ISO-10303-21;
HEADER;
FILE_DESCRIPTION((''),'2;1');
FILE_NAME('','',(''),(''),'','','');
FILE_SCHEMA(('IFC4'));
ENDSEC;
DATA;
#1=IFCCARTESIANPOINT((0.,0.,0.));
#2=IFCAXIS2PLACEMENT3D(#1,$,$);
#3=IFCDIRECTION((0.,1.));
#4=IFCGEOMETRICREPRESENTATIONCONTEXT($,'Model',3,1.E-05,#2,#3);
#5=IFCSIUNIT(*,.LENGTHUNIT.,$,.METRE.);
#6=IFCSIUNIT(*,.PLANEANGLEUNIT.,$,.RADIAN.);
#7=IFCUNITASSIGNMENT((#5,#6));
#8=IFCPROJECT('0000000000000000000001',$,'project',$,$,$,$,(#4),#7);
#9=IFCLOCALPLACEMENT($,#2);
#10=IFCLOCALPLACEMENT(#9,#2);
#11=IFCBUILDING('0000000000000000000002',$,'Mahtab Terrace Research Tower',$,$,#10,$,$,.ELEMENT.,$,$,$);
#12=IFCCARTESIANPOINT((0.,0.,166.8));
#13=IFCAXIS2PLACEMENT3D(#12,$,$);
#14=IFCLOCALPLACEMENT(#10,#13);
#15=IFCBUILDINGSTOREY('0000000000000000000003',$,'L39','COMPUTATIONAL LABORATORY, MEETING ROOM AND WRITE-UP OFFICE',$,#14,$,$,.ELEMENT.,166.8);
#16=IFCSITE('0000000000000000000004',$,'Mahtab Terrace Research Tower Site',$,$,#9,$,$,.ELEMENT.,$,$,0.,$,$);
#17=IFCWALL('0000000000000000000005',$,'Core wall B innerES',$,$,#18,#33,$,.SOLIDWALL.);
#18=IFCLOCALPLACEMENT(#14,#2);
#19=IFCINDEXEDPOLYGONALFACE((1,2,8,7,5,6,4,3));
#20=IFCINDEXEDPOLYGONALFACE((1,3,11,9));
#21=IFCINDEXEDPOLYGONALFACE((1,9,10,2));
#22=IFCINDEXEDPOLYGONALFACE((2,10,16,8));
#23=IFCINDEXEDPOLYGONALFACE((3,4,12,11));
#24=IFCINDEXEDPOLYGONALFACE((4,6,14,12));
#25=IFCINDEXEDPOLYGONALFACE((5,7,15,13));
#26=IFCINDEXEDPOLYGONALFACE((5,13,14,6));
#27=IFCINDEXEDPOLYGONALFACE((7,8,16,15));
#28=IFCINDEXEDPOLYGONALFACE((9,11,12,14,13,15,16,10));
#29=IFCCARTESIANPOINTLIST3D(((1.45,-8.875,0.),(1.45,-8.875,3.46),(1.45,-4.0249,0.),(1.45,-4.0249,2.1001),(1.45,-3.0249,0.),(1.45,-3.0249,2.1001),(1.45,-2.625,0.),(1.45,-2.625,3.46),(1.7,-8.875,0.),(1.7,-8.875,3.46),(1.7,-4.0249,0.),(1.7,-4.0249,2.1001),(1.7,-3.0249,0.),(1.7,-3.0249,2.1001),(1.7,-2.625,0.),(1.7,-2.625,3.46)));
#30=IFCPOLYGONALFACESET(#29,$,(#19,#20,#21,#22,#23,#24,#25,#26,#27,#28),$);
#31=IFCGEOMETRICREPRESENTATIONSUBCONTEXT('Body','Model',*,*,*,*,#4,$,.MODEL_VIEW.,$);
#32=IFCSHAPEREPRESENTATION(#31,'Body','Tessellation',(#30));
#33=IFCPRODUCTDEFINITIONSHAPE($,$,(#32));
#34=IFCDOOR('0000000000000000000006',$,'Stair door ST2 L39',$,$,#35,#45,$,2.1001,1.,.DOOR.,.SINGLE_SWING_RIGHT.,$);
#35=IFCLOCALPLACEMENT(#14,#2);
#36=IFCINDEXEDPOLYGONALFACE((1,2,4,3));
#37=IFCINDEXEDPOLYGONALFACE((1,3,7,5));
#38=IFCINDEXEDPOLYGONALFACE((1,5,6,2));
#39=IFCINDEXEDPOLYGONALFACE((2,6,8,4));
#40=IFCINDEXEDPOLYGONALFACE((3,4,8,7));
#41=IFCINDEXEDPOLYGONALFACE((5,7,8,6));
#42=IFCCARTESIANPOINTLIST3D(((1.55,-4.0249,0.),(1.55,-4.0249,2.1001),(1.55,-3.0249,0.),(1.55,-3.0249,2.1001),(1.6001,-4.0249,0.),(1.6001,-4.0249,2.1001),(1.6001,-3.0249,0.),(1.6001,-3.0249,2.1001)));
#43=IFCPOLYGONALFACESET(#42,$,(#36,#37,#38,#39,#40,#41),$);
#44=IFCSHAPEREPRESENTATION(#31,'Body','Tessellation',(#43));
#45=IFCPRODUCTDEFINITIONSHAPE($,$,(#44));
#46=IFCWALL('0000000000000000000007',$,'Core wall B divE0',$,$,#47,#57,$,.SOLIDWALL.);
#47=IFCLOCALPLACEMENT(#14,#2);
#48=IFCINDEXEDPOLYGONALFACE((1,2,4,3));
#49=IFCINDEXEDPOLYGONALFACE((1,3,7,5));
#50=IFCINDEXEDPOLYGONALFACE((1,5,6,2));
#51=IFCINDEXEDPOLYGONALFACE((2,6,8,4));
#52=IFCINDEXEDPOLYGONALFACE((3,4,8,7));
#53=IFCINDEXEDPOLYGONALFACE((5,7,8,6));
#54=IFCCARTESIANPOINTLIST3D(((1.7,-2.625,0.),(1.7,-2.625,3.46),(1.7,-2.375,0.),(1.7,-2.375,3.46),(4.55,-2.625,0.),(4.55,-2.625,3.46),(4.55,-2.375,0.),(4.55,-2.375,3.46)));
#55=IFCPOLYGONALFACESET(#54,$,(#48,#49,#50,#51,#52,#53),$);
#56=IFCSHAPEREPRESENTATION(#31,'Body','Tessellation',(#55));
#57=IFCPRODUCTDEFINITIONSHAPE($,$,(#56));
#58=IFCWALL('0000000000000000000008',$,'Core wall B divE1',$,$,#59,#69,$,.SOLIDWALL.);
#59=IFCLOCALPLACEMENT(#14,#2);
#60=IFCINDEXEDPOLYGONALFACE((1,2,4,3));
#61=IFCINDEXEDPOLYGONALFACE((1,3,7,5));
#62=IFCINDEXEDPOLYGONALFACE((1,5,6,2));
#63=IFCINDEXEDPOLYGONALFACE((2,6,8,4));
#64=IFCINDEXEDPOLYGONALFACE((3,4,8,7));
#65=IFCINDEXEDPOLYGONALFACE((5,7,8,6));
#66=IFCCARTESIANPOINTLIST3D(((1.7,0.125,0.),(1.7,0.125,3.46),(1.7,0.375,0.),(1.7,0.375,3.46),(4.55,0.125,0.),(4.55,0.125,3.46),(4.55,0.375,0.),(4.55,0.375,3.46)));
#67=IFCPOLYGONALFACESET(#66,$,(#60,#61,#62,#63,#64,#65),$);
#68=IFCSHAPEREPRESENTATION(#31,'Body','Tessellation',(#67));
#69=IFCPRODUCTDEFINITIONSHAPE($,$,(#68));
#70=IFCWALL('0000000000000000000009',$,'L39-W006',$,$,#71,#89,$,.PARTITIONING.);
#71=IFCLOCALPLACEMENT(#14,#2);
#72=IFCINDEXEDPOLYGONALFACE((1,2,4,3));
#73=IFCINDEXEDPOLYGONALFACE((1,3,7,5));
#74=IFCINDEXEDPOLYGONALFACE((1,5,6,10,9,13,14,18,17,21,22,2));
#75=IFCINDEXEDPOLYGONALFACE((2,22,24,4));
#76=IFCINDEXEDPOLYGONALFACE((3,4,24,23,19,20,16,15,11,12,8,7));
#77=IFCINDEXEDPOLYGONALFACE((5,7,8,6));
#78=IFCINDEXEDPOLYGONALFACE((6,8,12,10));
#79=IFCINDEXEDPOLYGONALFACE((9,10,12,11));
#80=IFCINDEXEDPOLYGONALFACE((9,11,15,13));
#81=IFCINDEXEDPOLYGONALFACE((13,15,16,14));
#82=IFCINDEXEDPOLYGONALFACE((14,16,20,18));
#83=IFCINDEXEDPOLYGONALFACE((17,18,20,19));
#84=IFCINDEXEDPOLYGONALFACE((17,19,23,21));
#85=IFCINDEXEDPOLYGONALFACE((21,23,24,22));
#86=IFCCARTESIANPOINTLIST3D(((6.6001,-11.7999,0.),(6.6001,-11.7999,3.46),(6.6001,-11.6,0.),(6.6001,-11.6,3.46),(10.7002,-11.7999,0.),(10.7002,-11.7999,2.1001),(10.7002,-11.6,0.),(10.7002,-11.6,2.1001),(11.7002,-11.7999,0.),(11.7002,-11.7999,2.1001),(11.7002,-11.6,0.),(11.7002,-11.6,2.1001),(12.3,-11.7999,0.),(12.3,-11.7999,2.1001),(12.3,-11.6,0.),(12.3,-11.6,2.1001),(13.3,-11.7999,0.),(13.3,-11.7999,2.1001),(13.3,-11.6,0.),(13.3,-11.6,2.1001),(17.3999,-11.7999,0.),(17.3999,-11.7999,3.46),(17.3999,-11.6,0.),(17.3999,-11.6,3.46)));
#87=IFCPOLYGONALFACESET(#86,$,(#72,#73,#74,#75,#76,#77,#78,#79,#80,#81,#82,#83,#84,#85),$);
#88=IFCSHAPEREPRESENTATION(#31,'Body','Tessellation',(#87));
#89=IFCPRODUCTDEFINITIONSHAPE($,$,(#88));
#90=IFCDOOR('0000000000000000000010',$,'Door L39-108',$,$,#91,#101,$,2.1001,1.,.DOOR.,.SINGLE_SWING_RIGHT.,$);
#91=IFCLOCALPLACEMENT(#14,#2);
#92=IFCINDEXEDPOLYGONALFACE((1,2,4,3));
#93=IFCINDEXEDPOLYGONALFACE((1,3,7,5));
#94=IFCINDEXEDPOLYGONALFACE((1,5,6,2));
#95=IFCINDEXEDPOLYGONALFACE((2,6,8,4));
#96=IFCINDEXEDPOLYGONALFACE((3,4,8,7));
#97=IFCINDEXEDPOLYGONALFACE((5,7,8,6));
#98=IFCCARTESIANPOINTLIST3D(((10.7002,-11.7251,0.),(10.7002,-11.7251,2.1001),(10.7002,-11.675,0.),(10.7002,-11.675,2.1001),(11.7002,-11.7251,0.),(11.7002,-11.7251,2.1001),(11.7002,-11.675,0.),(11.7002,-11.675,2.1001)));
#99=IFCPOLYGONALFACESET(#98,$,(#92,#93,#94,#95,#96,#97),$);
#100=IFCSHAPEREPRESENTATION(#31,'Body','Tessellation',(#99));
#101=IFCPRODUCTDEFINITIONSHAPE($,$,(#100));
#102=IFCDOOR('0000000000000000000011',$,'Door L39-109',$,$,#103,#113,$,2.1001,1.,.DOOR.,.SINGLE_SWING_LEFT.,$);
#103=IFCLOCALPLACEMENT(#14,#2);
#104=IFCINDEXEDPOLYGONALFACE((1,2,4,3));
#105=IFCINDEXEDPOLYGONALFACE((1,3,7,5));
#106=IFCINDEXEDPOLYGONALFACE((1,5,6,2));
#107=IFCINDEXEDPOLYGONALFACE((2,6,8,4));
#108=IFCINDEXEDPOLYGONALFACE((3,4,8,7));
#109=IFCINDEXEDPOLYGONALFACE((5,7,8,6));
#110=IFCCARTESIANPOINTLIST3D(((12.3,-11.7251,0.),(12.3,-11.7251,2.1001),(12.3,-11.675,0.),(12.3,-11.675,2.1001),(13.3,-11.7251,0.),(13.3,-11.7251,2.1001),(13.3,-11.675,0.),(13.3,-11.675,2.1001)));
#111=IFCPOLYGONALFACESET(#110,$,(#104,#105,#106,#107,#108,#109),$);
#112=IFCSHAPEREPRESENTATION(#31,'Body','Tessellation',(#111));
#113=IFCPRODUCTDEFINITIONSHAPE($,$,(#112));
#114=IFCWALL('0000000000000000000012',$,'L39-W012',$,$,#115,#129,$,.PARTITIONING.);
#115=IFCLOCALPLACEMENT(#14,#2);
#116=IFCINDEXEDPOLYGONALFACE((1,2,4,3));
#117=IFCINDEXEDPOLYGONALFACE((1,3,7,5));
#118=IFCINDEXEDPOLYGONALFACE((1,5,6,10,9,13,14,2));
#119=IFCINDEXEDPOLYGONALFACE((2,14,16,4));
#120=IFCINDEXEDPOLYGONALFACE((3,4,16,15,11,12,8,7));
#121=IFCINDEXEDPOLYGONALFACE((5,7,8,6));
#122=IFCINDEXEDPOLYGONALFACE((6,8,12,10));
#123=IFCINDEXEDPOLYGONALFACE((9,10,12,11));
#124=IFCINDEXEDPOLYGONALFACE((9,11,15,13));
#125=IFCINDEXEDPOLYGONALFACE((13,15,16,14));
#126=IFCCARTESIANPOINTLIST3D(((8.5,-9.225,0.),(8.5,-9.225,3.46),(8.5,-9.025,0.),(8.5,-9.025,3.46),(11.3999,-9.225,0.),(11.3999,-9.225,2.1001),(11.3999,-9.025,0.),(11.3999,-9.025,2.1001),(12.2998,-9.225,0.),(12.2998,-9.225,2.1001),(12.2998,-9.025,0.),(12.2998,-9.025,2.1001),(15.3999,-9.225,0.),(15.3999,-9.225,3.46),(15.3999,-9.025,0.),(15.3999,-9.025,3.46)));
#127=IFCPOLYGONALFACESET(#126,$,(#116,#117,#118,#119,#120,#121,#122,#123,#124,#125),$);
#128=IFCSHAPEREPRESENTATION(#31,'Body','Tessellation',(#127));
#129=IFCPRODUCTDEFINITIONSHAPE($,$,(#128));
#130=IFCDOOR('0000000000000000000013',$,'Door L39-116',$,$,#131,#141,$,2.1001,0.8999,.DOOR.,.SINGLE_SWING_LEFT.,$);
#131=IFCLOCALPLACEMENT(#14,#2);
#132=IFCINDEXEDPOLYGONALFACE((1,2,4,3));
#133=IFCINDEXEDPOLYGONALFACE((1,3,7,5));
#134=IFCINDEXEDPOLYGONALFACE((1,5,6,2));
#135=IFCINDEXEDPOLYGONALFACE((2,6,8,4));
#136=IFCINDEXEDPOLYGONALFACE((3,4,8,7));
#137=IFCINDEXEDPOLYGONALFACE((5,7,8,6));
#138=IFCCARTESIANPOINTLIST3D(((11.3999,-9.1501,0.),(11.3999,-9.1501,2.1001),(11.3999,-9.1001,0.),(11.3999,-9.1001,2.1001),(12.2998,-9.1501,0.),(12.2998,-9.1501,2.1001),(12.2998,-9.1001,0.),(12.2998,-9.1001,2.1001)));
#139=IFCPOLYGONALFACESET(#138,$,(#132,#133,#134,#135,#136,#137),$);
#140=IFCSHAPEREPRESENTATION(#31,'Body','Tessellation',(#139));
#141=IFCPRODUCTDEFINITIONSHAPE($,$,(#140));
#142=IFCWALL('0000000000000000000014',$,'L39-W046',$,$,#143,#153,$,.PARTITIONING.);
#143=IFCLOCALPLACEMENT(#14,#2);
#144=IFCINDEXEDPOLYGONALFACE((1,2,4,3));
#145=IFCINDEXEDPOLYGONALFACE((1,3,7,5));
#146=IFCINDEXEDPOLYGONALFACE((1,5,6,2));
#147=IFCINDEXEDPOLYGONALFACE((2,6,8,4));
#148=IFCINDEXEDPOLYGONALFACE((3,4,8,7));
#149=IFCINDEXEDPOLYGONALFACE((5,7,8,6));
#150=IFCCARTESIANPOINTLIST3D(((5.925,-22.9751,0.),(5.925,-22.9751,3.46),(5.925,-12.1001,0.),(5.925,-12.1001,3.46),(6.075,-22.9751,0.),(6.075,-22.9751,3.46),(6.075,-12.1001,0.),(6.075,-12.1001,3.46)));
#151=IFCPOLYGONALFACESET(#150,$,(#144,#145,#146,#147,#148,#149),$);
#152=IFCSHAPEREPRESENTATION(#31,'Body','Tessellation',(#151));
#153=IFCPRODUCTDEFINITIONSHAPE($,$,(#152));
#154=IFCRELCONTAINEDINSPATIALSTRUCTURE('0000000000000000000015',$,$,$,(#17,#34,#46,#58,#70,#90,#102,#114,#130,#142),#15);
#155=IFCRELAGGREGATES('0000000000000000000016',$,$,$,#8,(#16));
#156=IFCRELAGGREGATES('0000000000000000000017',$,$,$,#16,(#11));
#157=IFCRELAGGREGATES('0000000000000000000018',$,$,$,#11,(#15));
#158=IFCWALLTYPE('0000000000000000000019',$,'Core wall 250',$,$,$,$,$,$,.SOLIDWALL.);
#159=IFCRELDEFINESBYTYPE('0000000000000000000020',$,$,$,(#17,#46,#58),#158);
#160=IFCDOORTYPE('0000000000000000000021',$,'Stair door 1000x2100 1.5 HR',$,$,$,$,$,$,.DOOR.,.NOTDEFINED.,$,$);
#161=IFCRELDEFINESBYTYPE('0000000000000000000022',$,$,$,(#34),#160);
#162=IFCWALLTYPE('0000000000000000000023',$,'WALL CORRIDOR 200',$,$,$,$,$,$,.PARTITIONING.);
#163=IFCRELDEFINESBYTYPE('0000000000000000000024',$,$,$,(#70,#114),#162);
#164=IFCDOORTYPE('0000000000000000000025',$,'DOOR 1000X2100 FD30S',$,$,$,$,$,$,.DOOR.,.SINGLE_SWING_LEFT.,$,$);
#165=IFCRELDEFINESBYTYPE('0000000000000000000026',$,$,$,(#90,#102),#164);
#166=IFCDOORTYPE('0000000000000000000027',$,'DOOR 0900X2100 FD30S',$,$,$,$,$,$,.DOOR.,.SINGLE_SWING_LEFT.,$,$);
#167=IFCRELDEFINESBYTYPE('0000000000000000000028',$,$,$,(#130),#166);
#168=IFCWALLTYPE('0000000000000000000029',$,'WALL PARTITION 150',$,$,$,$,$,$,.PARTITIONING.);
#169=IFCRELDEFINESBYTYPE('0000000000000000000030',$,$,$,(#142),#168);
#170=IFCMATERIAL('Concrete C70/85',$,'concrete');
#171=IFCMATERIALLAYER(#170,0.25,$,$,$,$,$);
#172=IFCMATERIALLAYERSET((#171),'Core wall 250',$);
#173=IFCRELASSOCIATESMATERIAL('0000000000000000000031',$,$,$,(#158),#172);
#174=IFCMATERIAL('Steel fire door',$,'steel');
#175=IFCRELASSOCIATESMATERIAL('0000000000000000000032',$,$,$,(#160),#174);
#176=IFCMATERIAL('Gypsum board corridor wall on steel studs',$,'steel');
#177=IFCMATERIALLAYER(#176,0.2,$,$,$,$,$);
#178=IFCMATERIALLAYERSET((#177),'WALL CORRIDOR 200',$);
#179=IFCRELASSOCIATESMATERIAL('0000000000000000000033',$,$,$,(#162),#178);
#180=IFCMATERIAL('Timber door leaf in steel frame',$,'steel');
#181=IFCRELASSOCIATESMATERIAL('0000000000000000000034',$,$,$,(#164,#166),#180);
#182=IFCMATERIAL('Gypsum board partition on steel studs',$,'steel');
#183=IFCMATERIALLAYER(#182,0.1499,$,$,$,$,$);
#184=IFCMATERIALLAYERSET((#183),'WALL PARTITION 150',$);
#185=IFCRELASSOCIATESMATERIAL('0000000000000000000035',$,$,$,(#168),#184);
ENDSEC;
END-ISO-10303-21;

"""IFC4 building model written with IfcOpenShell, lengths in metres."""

from ifc_helpers import new_model, si_unit, direction, frame, frame_2d, origin, place, context, subcontext, project, spatial, rectangle, extrude, material, layer, layer_set, type_object, element, fill, save


model = new_model("IFC4")

# Units and contexts
model_context = context("Model", 3, precision=1e-05, world=origin(), true_north=direction((0.0, 1.0)))
body_context = subcontext(model_context, "Body", "Model", "MODEL_VIEW")
ifc_project = project(units=[si_unit("LENGTHUNIT", "METRE"), si_unit("PLANEANGLEUNIT", "RADIAN")], contexts=[model_context])

# Site, building, storey
site_placement = place(None, origin())
site = spatial("IfcSite", under=ifc_project, at=site_placement, Name="Mahtab Terrace Research Tower Site", CompositionType="ELEMENT", RefElevation=0.0)
building_placement = place(site_placement, origin())
building = spatial("IfcBuilding", under=site, at=building_placement, Name="Mahtab Terrace Research Tower", CompositionType="ELEMENT")
storey_placement = place(building_placement, frame((0.0, 0.0, 166.8)))
storey = spatial("IfcBuildingStorey", under=building, at=storey_placement, Name="L39", Description="COMPUTATIONAL LABORATORY, MEETING ROOM AND WRITE-UP OFFICE", CompositionType="ELEMENT", Elevation=166.8)

# Shared definitions
ifc_material_1 = material(Name="Concrete C70/85", Category="concrete")

# Shared definitions
ifc_layer_1 = layer(ifc_material_1, 0.25)
ifc_layer_set_1 = layer_set([ifc_layer_1], Name="Core wall 250")
wall_type_1 = type_object("IfcWallType", Name="Core wall 250", PredefinedType="SOLIDWALL", material=ifc_layer_set_1)

# Wall, opening, door
ifc_material_2 = material(Name="Steel fire door", Category="steel")
wall_1_placement = place(storey_placement, frame((1.575, -8.875, 0.0), z_axis=(0.0, 0.0, 1.0), x_axis=(0.0, 1.0, 0.0)))
wall_1 = element("IfcWall", 1, at=wall_1_placement, inside=storey, type_object=wall_type_1, Name="Core wall B innerES", PredefinedType="SOLIDWALL", context=body_context, shape_type="SweptSolid", body=[
    extrude(rectangle(XDim=6.25, YDim=0.25, at=frame_2d((3.125, 0.0))), origin(), (0.0, 0.0, 1.0), 3.46),
])
opening_1_placement = place(wall_1_placement, frame((4.8501, 0.0, 0.0)))
opening_1 = element("IfcOpeningElement", 2, at=opening_1_placement, cuts=wall_1, PredefinedType="OPENING", context=body_context, shape_type="SweptSolid", body=[
    extrude(rectangle(XDim=1.0, YDim=2.1001, at=frame_2d((0.5, 1.05))), frame((0.0, 0.135, 0.0), z_axis=(0.0, -1.0, 0.0), x_axis=(1.0, 0.0, 0.0)), (0.0, 0.0, 1.0), 0.27),
])
door_type_1 = type_object("IfcDoorType", Name="Stair door 1000x2100 1.5 HR", OperationType="NOTDEFINED", PredefinedType="DOOR", material=ifc_material_2)
door_1_placement = place(opening_1_placement, origin())
door_1 = element("IfcDoor", 3, at=door_1_placement, inside=storey, type_object=door_type_1, Name="Stair door ST2 L39", OperationType="SINGLE_SWING_RIGHT", OverallHeight=2.1001, OverallWidth=1.0, PredefinedType="DOOR", context=body_context, shape_type="SweptSolid", body=[
    extrude(rectangle(XDim=1.0, YDim=2.1001, at=frame_2d((0.5, 1.05))), frame((0.0, 0.0249, 0.0), z_axis=(0.0, -1.0, 0.0), x_axis=(1.0, 0.0, 0.0)), (0.0, 0.0, 1.0), 0.05),
])
fill(opening_1, door_1)

# Walls
for number, where, z_axis, x_axis, name in (
    (4, (1.7, -2.5, 0.0), (0.0, 0.0, 1.0), (1.0, 0.0, 0.0), "Core wall B divE0"),
    (5, (1.7, 0.25, 0.0), (0.0, 0.0, 1.0), (1.0, 0.0, 0.0), "Core wall B divE1"),
):
    element("IfcWall", number, at=place(storey_placement, frame(where, z_axis=z_axis, x_axis=x_axis)), inside=storey, type_object=wall_type_1, Name=name, PredefinedType="SOLIDWALL", context=body_context, shape_type="SweptSolid", body=[
        extrude(rectangle(XDim=2.8501, YDim=0.25, at=frame_2d((1.425, 0.0))), origin(), (0.0, 0.0, 1.0), 3.46),
    ])

# Wall, openings, doors
ifc_material_3 = material(Name="Gypsum board corridor wall on steel studs", Category="steel")
ifc_layer_2 = layer(ifc_material_3, 0.2)
ifc_layer_set_2 = layer_set([ifc_layer_2], Name="WALL CORRIDOR 200")
wall_type_2 = type_object("IfcWallType", Name="WALL CORRIDOR 200", PredefinedType="PARTITIONING", material=ifc_layer_set_2)
wall_2_placement = place(storey_placement, frame((6.6001, -11.7, 0.0), z_axis=(0.0, 0.0, 1.0), x_axis=(1.0, 0.0, 0.0)))
wall_2 = element("IfcWall", 6, at=wall_2_placement, inside=storey, type_object=wall_type_2, Name="L39-W006", PredefinedType="PARTITIONING", context=body_context, shape_type="SweptSolid", body=[
    extrude(rectangle(XDim=10.7998, YDim=0.2, at=frame_2d((5.3999, 0.0))), origin(), (0.0, 0.0, 1.0), 3.46),
])
opening_2_placement = place(wall_2_placement, frame((4.1001, 0.0, 0.0)))
opening_2 = element("IfcOpeningElement", 7, at=opening_2_placement, cuts=wall_2, PredefinedType="OPENING", context=body_context, shape_type="SweptSolid", body=[
    extrude(rectangle(XDim=1.0, YDim=2.1001, at=frame_2d((0.5, 1.05))), frame((0.0, 0.1099, 0.0), z_axis=(0.0, -1.0, 0.0), x_axis=(1.0, 0.0, 0.0)), (0.0, 0.0, 1.0), 0.22),
])
opening_3_placement = place(wall_2_placement, frame((5.7, 0.0, 0.0)))
opening_3 = element("IfcOpeningElement", 8, at=opening_3_placement, cuts=wall_2, PredefinedType="OPENING", context=body_context, shape_type="SweptSolid", body=[
    extrude(rectangle(XDim=1.0, YDim=2.1001, at=frame_2d((0.5, 1.05))), frame((0.0, 0.1099, 0.0), z_axis=(0.0, -1.0, 0.0), x_axis=(1.0, 0.0, 0.0)), (0.0, 0.0, 1.0), 0.22),
])
ifc_material_4 = material(Name="Timber door leaf in steel frame", Category="steel")
door_type_2 = type_object("IfcDoorType", Name="DOOR 1000X2100 FD30S", OperationType="SINGLE_SWING_LEFT", PredefinedType="DOOR", material=ifc_material_4)
door_2_placement = place(opening_2_placement, origin())
door_2 = element("IfcDoor", 9, at=door_2_placement, inside=storey, type_object=door_type_2, Name="Door L39-108", OperationType="SINGLE_SWING_RIGHT", OverallHeight=2.1001, OverallWidth=1.0, PredefinedType="DOOR", context=body_context, shape_type="SweptSolid", body=[
    extrude(rectangle(XDim=1.0, YDim=2.1001, at=frame_2d((0.5, 1.05))), frame((0.0, 0.0249, 0.0), z_axis=(0.0, -1.0, 0.0), x_axis=(1.0, 0.0, 0.0)), (0.0, 0.0, 1.0), 0.05),
])
fill(opening_2, door_2)
door_3_placement = place(opening_3_placement, origin())
door_3 = element("IfcDoor", 10, at=door_3_placement, inside=storey, type_object=door_type_2, Name="Door L39-109", OperationType="SINGLE_SWING_LEFT", OverallHeight=2.1001, OverallWidth=1.0, PredefinedType="DOOR", context=body_context, shape_type="SweptSolid", body=[
    extrude(rectangle(XDim=1.0, YDim=2.1001, at=frame_2d((0.5, 1.05))), frame((0.0, 0.0249, 0.0), z_axis=(0.0, -1.0, 0.0), x_axis=(1.0, 0.0, 0.0)), (0.0, 0.0, 1.0), 0.05),
])
fill(opening_3, door_3)

# Wall, opening, door
wall_3_placement = place(storey_placement, frame((8.5, -9.125, 0.0), z_axis=(0.0, 0.0, 1.0), x_axis=(1.0, 0.0, 0.0)))
wall_3 = element("IfcWall", 11, at=wall_3_placement, inside=storey, type_object=wall_type_2, Name="L39-W012", PredefinedType="PARTITIONING", context=body_context, shape_type="SweptSolid", body=[
    extrude(rectangle(XDim=6.8999, YDim=0.2, at=frame_2d((3.45, 0.0))), origin(), (0.0, 0.0, 1.0), 3.46),
])
opening_4_placement = place(wall_3_placement, frame((2.8999, 0.0, 0.0)))
opening_4 = element("IfcOpeningElement", 12, at=opening_4_placement, cuts=wall_3, PredefinedType="OPENING", context=body_context, shape_type="SweptSolid", body=[
    extrude(rectangle(XDim=0.8999, YDim=2.1001, at=frame_2d((0.45, 1.05))), frame((0.0, 0.1099, 0.0), z_axis=(0.0, -1.0, 0.0), x_axis=(1.0, 0.0, 0.0)), (0.0, 0.0, 1.0), 0.22),
])
door_type_3 = type_object("IfcDoorType", Name="DOOR 0900X2100 FD30S", OperationType="SINGLE_SWING_LEFT", PredefinedType="DOOR", material=ifc_material_4)
door_4_placement = place(opening_4_placement, origin())
door_4 = element("IfcDoor", 13, at=door_4_placement, inside=storey, type_object=door_type_3, Name="Door L39-116", OperationType="SINGLE_SWING_LEFT", OverallHeight=2.1001, OverallWidth=0.8999, PredefinedType="DOOR", context=body_context, shape_type="SweptSolid", body=[
    extrude(rectangle(XDim=0.8999, YDim=2.1001, at=frame_2d((0.45, 1.05))), frame((0.0, 0.0249, 0.0), z_axis=(0.0, -1.0, 0.0), x_axis=(1.0, 0.0, 0.0)), (0.0, 0.0, 1.0), 0.05),
])
fill(opening_4, door_4)

# Wall
ifc_material_5 = material(Name="Gypsum board partition on steel studs", Category="steel")
ifc_layer_3 = layer(ifc_material_5, 0.1499)
ifc_layer_set_3 = layer_set([ifc_layer_3], Name="WALL PARTITION 150")
wall_type_3 = type_object("IfcWallType", Name="WALL PARTITION 150", PredefinedType="PARTITIONING", material=ifc_layer_set_3)
wall_4_placement = place(storey_placement, frame((6.0, -22.9751, 0.0), z_axis=(0.0, 0.0, 1.0), x_axis=(0.0, 1.0, 0.0)))
element("IfcWall", 14, at=wall_4_placement, inside=storey, type_object=wall_type_3, Name="L39-W046", PredefinedType="PARTITIONING", context=body_context, shape_type="SweptSolid", body=[
    extrude(rectangle(XDim=10.875, YDim=0.1499, at=frame_2d((5.4375, 0.0))), origin(), (0.0, 0.0, 1.0), 3.46),
])

save(model, "model.ifc")
